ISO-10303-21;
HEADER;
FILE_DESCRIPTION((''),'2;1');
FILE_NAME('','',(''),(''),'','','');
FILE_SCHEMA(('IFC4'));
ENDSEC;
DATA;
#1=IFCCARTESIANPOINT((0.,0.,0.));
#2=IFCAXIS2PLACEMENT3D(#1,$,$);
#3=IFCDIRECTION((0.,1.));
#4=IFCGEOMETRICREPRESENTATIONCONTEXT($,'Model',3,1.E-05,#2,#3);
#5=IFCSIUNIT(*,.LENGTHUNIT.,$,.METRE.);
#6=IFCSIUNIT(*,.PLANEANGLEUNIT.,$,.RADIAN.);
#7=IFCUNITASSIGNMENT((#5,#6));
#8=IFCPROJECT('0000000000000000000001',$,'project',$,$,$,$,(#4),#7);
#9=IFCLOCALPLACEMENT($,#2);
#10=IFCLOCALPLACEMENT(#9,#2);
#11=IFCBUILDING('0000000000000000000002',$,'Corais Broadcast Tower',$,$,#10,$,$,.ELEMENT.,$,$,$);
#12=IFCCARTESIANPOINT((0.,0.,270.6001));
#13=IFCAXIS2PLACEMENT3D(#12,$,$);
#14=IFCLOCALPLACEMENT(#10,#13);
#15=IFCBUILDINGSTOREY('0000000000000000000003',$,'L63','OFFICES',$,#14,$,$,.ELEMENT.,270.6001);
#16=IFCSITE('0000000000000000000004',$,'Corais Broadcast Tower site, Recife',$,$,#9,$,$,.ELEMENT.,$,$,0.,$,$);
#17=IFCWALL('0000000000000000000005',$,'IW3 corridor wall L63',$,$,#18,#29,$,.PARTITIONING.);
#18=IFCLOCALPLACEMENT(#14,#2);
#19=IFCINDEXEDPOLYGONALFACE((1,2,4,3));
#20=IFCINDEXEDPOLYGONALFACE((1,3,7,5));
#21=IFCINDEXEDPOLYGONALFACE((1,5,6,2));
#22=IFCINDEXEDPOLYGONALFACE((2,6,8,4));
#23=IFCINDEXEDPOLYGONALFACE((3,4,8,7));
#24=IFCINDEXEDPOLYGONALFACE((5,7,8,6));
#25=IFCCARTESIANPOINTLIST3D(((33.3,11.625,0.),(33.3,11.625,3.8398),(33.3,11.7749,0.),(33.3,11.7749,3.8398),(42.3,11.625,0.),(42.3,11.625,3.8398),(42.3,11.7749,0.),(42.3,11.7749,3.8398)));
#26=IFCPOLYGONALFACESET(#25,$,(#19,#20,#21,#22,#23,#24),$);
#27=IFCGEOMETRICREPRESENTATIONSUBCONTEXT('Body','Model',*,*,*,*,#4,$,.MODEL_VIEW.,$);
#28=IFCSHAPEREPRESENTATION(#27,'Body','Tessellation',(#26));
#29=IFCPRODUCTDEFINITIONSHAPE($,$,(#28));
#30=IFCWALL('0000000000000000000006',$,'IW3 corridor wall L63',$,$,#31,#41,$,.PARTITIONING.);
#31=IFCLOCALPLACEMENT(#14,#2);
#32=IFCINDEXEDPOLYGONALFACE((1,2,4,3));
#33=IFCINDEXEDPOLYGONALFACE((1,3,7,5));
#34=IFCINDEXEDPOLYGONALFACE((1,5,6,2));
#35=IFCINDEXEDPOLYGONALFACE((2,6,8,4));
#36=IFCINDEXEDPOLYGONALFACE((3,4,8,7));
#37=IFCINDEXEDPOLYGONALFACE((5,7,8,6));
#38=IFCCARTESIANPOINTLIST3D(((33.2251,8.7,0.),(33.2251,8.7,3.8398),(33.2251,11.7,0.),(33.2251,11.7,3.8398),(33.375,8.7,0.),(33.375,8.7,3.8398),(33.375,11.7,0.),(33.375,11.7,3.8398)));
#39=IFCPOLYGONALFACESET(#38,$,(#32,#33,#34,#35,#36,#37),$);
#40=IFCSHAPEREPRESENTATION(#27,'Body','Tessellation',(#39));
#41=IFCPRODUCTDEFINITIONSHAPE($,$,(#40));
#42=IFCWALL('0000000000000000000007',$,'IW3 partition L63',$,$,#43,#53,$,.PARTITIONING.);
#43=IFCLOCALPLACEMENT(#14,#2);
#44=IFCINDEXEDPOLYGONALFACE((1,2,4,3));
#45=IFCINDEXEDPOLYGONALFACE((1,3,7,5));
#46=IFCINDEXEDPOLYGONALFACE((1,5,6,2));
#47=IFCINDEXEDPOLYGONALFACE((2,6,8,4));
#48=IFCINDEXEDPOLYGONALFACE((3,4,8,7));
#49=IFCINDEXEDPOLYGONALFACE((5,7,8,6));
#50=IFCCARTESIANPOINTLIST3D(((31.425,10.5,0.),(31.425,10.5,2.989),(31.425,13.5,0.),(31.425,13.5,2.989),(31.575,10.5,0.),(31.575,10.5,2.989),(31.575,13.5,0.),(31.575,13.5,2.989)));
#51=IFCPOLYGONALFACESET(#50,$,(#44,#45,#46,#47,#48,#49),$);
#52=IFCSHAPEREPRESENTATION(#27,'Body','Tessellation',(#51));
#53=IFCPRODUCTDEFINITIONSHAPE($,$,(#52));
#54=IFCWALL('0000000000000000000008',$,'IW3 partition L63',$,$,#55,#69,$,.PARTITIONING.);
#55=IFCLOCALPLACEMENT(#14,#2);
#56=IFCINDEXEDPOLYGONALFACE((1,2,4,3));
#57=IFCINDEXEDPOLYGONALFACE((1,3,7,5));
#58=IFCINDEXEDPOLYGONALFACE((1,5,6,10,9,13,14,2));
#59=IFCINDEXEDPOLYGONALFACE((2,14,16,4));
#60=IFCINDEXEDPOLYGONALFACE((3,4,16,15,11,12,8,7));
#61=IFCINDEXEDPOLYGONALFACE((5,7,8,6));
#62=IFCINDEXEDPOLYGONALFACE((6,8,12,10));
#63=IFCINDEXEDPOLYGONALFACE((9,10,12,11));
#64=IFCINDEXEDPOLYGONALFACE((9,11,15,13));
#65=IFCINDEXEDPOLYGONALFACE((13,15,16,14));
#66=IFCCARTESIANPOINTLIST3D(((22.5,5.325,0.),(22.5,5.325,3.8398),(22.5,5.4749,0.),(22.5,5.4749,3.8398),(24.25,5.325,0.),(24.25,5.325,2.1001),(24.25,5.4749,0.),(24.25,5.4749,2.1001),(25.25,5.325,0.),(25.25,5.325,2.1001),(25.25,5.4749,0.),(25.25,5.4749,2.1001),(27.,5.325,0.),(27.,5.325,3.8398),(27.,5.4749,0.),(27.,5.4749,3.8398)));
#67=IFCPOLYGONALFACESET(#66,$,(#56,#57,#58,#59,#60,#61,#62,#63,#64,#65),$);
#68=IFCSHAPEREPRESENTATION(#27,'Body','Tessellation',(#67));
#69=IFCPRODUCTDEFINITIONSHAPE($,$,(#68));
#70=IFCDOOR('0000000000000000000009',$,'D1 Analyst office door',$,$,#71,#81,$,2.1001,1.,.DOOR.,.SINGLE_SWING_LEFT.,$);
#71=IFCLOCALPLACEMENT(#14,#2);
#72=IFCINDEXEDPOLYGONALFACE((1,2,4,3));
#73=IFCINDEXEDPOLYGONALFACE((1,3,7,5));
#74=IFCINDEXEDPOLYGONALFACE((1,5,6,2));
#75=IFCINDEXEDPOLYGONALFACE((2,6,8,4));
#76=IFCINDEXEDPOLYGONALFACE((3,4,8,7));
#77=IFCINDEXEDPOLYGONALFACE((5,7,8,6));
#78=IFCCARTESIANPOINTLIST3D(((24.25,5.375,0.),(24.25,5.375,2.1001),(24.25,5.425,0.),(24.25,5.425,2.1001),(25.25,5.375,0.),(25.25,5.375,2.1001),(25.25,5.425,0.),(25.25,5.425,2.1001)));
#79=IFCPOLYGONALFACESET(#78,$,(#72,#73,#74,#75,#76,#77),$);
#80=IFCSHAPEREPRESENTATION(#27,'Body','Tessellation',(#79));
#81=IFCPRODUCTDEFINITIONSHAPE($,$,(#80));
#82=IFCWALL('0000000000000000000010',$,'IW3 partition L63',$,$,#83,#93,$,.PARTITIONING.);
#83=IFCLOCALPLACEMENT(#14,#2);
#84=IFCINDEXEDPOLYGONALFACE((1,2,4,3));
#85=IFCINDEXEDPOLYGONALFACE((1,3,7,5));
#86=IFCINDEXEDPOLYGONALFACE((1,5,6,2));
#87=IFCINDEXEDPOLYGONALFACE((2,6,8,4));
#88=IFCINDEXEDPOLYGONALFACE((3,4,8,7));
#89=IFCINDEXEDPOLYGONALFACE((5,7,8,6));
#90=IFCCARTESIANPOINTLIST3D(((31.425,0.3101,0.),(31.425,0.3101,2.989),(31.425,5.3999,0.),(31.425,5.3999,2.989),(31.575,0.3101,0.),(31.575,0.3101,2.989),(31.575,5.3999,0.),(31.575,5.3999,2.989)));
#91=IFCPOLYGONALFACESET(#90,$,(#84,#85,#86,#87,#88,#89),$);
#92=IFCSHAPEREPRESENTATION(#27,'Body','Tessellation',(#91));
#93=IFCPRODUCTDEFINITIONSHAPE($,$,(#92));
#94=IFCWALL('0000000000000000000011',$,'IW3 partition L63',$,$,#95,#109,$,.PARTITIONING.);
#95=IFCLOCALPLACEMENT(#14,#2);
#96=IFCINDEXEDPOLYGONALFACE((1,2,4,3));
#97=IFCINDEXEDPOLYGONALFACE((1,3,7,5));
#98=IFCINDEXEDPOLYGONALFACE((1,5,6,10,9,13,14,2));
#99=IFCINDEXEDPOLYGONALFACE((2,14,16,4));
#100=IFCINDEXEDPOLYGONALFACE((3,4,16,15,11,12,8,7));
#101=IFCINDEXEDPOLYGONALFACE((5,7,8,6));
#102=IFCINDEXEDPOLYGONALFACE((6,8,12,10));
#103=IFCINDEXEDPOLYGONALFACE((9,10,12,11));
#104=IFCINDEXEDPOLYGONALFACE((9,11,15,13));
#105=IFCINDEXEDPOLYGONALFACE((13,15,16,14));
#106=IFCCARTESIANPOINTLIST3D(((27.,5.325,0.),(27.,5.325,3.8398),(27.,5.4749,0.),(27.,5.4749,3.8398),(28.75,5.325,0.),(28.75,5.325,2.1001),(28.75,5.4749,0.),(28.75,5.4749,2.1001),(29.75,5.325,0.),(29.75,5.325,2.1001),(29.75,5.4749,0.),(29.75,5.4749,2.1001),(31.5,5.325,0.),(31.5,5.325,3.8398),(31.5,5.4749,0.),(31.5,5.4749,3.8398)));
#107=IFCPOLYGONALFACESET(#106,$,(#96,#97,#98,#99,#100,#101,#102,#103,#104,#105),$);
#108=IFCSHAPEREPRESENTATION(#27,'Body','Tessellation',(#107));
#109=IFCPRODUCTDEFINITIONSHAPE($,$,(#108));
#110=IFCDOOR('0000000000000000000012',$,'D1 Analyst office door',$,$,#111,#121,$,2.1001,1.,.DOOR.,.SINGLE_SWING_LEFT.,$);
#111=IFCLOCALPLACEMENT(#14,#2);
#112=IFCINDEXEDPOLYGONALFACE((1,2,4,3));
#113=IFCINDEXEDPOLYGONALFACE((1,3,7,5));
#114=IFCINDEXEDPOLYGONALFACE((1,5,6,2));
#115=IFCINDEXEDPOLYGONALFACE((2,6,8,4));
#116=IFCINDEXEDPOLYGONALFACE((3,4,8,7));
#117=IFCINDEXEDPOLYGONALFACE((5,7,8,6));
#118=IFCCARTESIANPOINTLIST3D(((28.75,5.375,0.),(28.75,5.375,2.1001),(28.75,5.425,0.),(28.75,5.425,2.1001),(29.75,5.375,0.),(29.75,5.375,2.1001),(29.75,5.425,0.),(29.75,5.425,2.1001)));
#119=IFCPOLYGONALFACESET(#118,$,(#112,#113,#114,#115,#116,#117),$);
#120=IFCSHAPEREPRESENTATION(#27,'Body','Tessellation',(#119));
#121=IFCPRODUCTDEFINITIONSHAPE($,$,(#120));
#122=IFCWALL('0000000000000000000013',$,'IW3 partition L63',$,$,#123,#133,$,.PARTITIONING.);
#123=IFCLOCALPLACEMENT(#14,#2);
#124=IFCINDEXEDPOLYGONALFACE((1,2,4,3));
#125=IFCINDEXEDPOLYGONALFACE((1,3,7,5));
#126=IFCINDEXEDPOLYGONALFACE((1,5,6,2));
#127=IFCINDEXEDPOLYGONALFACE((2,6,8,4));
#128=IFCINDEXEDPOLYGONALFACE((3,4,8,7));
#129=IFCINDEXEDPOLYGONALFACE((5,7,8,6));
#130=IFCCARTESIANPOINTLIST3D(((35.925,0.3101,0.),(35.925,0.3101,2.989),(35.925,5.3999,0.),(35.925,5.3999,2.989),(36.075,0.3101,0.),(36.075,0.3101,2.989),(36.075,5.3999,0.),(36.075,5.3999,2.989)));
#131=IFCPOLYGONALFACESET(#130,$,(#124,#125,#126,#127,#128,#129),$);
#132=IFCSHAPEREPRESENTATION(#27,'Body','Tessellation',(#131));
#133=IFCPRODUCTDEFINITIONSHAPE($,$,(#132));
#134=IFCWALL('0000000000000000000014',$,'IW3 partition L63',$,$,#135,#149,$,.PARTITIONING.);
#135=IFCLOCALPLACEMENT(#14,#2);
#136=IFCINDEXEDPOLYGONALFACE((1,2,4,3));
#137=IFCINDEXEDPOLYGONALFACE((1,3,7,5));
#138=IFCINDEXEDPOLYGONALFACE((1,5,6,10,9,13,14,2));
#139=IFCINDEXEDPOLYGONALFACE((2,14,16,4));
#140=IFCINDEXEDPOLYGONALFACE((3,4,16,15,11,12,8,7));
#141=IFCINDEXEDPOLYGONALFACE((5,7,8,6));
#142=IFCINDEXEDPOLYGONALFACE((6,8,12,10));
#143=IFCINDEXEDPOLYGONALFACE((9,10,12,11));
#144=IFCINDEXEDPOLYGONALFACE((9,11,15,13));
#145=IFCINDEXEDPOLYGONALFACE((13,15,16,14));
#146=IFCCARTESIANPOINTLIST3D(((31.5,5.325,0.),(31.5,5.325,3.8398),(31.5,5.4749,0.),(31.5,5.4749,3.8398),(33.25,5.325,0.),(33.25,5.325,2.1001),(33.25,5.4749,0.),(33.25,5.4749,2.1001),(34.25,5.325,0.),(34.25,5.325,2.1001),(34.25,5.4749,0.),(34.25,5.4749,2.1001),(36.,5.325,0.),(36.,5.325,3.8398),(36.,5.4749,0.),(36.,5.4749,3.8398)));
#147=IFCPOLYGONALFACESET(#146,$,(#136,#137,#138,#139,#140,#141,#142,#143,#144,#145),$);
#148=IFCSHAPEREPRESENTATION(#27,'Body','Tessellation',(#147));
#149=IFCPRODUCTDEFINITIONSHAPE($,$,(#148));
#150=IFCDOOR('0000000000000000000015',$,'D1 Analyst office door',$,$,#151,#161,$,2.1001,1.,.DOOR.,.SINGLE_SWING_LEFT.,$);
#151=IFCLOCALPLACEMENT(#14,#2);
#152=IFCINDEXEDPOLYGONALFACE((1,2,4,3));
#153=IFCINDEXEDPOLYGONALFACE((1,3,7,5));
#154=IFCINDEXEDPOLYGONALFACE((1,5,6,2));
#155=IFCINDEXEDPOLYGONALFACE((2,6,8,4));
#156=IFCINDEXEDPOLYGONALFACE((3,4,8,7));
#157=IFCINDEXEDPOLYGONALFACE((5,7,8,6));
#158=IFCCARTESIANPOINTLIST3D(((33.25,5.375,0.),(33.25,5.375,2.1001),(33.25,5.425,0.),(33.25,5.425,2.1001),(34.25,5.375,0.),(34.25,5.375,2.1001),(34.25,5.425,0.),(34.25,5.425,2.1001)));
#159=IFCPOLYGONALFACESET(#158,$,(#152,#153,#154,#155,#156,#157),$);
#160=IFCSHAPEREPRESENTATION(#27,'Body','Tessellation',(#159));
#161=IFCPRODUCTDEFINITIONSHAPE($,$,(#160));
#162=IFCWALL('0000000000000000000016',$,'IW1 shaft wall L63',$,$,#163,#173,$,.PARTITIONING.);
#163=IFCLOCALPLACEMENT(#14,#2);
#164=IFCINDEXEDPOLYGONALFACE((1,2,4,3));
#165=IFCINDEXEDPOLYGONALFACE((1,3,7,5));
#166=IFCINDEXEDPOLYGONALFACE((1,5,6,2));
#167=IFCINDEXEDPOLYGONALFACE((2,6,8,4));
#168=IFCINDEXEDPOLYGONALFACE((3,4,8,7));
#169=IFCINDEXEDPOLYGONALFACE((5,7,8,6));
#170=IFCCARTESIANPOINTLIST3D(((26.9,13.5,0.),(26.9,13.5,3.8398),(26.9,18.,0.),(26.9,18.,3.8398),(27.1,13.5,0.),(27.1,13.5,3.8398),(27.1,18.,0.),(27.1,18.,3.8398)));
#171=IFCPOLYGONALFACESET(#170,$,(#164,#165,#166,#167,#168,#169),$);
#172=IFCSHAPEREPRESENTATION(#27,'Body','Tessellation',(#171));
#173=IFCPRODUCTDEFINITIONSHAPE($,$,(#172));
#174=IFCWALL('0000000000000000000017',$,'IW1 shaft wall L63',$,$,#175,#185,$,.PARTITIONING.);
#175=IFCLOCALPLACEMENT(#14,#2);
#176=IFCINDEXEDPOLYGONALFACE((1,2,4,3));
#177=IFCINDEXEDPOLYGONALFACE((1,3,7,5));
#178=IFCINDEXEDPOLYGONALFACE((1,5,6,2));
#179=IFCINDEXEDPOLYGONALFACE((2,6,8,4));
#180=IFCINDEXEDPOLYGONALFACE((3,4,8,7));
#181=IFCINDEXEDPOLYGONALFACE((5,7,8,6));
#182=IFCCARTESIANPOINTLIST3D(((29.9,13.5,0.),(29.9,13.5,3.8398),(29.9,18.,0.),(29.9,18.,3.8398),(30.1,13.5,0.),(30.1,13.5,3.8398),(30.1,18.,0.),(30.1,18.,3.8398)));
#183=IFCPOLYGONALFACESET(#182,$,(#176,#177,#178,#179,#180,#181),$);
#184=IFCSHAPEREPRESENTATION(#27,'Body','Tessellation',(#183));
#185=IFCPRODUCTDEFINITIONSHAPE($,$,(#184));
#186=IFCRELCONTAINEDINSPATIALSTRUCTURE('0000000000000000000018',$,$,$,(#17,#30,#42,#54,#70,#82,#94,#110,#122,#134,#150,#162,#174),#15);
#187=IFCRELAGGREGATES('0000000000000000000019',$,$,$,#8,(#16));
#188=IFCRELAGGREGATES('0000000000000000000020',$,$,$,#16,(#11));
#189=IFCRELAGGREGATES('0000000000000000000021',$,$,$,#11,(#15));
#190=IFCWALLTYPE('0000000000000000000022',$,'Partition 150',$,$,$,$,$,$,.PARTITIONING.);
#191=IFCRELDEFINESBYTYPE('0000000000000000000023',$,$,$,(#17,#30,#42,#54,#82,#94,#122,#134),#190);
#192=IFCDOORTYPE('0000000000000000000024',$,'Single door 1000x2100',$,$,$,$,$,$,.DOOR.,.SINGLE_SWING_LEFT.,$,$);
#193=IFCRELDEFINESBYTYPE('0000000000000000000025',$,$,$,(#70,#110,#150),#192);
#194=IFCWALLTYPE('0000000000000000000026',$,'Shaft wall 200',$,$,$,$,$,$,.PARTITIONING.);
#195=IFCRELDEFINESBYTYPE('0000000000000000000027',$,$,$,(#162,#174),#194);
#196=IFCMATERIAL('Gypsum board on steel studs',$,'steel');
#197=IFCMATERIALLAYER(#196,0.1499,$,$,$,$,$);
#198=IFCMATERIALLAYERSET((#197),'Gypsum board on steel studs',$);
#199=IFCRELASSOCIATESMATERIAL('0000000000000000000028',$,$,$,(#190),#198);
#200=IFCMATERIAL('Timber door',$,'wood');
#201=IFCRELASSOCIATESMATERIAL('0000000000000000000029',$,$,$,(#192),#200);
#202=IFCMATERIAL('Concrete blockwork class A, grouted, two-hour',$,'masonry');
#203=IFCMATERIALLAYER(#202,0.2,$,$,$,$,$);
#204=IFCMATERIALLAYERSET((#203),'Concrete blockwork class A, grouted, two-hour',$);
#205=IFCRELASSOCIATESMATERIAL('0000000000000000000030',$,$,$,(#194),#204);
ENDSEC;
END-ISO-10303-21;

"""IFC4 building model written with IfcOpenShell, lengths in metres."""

from ifc_helpers import new_model, si_unit, direction, frame, frame_2d, origin, place, context, subcontext, project, spatial, rectangle, extrude, material, layer, layer_set, type_object, element, fill, save


model = new_model("IFC4")

# Units and contexts
model_context = context("Model", 3, precision=1e-05, world=origin(), true_north=direction((0.0, 1.0)))
body_context = subcontext(model_context, "Body", "Model", "MODEL_VIEW")
ifc_project = project(units=[si_unit("LENGTHUNIT", "METRE"), si_unit("PLANEANGLEUNIT", "RADIAN")], contexts=[model_context])

# Site, building, storey
site_placement = place(None, origin())
site = spatial("IfcSite", under=ifc_project, at=site_placement, Name="Corais Broadcast Tower site, Recife", CompositionType="ELEMENT", RefElevation=0.0)
building_placement = place(site_placement, origin())
building = spatial("IfcBuilding", under=site, at=building_placement, Name="Corais Broadcast Tower", CompositionType="ELEMENT")
storey_placement = place(building_placement, frame((0.0, 0.0, 270.6001)))
storey = spatial("IfcBuildingStorey", under=building, at=storey_placement, Name="L63", Description="OFFICES", CompositionType="ELEMENT", Elevation=270.6001)

# Walls
ifc_material_1 = material(Name="Gypsum board on steel studs", Category="steel")
ifc_layer_1 = layer(ifc_material_1, 0.1499)
ifc_layer_set_1 = layer_set([ifc_layer_1], Name="Gypsum board on steel studs")
wall_type_1 = type_object("IfcWallType", Name="Partition 150", PredefinedType="PARTITIONING", material=ifc_layer_set_1)
wall_1_placement = place(storey_placement, frame((33.3, 11.7, 0.0), z_axis=(0.0, 0.0, 1.0), x_axis=(1.0, 0.0, 0.0)))
element("IfcWall", 1, at=wall_1_placement, inside=storey, type_object=wall_type_1, Name="IW3 corridor wall L63", PredefinedType="PARTITIONING", context=body_context, shape_type="SweptSolid", body=[
    extrude(rectangle(XDim=9.0, YDim=0.1499, at=frame_2d((4.5, 0.0))), origin(), (0.0, 0.0, 1.0), 3.8398),
])
wall_2_placement = place(storey_placement, frame((33.3, 8.7, 0.0), z_axis=(0.0, 0.0, 1.0), x_axis=(0.0, 1.0, 0.0)))
element("IfcWall", 2, at=wall_2_placement, inside=storey, type_object=wall_type_1, Name="IW3 corridor wall L63", PredefinedType="PARTITIONING", context=body_context, shape_type="SweptSolid", body=[
    extrude(rectangle(XDim=3.0, YDim=0.1499, at=frame_2d((1.5, 0.0))), origin(), (0.0, 0.0, 1.0), 3.8398),
])
wall_3_placement = place(storey_placement, frame((31.5, 10.5, 0.0), z_axis=(0.0, 0.0, 1.0), x_axis=(0.0, 1.0, 0.0)))
element("IfcWall", 3, at=wall_3_placement, inside=storey, type_object=wall_type_1, Name="IW3 partition L63", PredefinedType="PARTITIONING", context=body_context, shape_type="SweptSolid", body=[
    extrude(rectangle(XDim=3.0, YDim=0.1499, at=frame_2d((1.5, 0.0))), origin(), (0.0, 0.0, 1.0), 2.989),
])

# Wall, opening, door
wall_4_placement = place(storey_placement, frame((27.0, 5.3999, 0.0), z_axis=(0.0, 0.0, 1.0), x_axis=(-1.0, 0.0, 0.0)))
wall_4 = element("IfcWall", 4, at=wall_4_placement, inside=storey, type_object=wall_type_1, Name="IW3 partition L63", PredefinedType="PARTITIONING", context=body_context, shape_type="SweptSolid", body=[
    extrude(rectangle(XDim=4.5, YDim=0.1499, at=frame_2d((2.25, 0.0))), origin(), (0.0, 0.0, 1.0), 3.8398),
])
opening_1_placement = place(wall_4_placement, frame((1.75, 0.0, 0.0)))
opening_1 = element("IfcOpeningElement", 5, at=opening_1_placement, cuts=wall_4, PredefinedType="OPENING", context=body_context, shape_type="SweptSolid", body=[
    extrude(rectangle(XDim=1.0, YDim=2.1001, at=frame_2d((0.5, 1.05))), frame((0.0, 0.085, 0.0), z_axis=(0.0, -1.0, 0.0), x_axis=(1.0, 0.0, 0.0)), (0.0, 0.0, 1.0), 0.1699),
])
ifc_material_2 = material(Name="Timber door", Category="wood")
door_type = type_object("IfcDoorType", Name="Single door 1000x2100", OperationType="SINGLE_SWING_LEFT", PredefinedType="DOOR", material=ifc_material_2)
door_1_placement = place(opening_1_placement, origin())
door_1 = element("IfcDoor", 6, at=door_1_placement, inside=storey, type_object=door_type, Name="D1 Analyst office door", OperationType="SINGLE_SWING_LEFT", OverallHeight=2.1001, OverallWidth=1.0, PredefinedType="DOOR", context=body_context, shape_type="SweptSolid", body=[
    extrude(rectangle(XDim=1.0, YDim=2.1001, at=frame_2d((0.5, 1.05))), frame((0.0, 0.0249, 0.0), z_axis=(0.0, -1.0, 0.0), x_axis=(1.0, 0.0, 0.0)), (0.0, 0.0, 1.0), 0.05),
])
fill(opening_1, door_1)

# Wall
wall_5_placement = place(storey_placement, frame((31.5, 0.3101, 0.0), z_axis=(0.0, 0.0, 1.0), x_axis=(0.0, 1.0, 0.0)))
element("IfcWall", 7, at=wall_5_placement, inside=storey, type_object=wall_type_1, Name="IW3 partition L63", PredefinedType="PARTITIONING", context=body_context, shape_type="SweptSolid", body=[
    extrude(rectangle(XDim=5.0898, YDim=0.1499, at=frame_2d((2.5449, 0.0))), origin(), (0.0, 0.0, 1.0), 2.989),
])

# Wall, opening, door
wall_6_placement = place(storey_placement, frame((31.5, 5.3999, 0.0), z_axis=(0.0, 0.0, 1.0), x_axis=(-1.0, 0.0, 0.0)))
wall_6 = element("IfcWall", 8, at=wall_6_placement, inside=storey, type_object=wall_type_1, Name="IW3 partition L63", PredefinedType="PARTITIONING", context=body_context, shape_type="SweptSolid", body=[
    extrude(rectangle(XDim=4.5, YDim=0.1499, at=frame_2d((2.25, 0.0))), origin(), (0.0, 0.0, 1.0), 3.8398),
])
opening_2_placement = place(wall_6_placement, frame((1.75, 0.0, 0.0)))
opening_2 = element("IfcOpeningElement", 9, at=opening_2_placement, cuts=wall_6, PredefinedType="OPENING", context=body_context, shape_type="SweptSolid", body=[
    extrude(rectangle(XDim=1.0, YDim=2.1001, at=frame_2d((0.5, 1.05))), frame((0.0, 0.085, 0.0), z_axis=(0.0, -1.0, 0.0), x_axis=(1.0, 0.0, 0.0)), (0.0, 0.0, 1.0), 0.1699),
])
door_2_placement = place(opening_2_placement, origin())
door_2 = element("IfcDoor", 10, at=door_2_placement, inside=storey, type_object=door_type, Name="D1 Analyst office door", OperationType="SINGLE_SWING_LEFT", OverallHeight=2.1001, OverallWidth=1.0, PredefinedType="DOOR", context=body_context, shape_type="SweptSolid", body=[
    extrude(rectangle(XDim=1.0, YDim=2.1001, at=frame_2d((0.5, 1.05))), frame((0.0, 0.0249, 0.0), z_axis=(0.0, -1.0, 0.0), x_axis=(1.0, 0.0, 0.0)), (0.0, 0.0, 1.0), 0.05),
])
fill(opening_2, door_2)

# Wall
wall_7_placement = place(storey_placement, frame((36.0, 0.3101, 0.0), z_axis=(0.0, 0.0, 1.0), x_axis=(0.0, 1.0, 0.0)))
element("IfcWall", 11, at=wall_7_placement, inside=storey, type_object=wall_type_1, Name="IW3 partition L63", PredefinedType="PARTITIONING", context=body_context, shape_type="SweptSolid", body=[
    extrude(rectangle(XDim=5.0898, YDim=0.1499, at=frame_2d((2.5449, 0.0))), origin(), (0.0, 0.0, 1.0), 2.989),
])

# Wall, opening, door
wall_8_placement = place(storey_placement, frame((36.0, 5.3999, 0.0), z_axis=(0.0, 0.0, 1.0), x_axis=(-1.0, 0.0, 0.0)))
wall_8 = element("IfcWall", 12, at=wall_8_placement, inside=storey, type_object=wall_type_1, Name="IW3 partition L63", PredefinedType="PARTITIONING", context=body_context, shape_type="SweptSolid", body=[
    extrude(rectangle(XDim=4.5, YDim=0.1499, at=frame_2d((2.25, 0.0))), origin(), (0.0, 0.0, 1.0), 3.8398),
])
opening_3_placement = place(wall_8_placement, frame((1.75, 0.0, 0.0)))
opening_3 = element("IfcOpeningElement", 13, at=opening_3_placement, cuts=wall_8, PredefinedType="OPENING", context=body_context, shape_type="SweptSolid", body=[
    extrude(rectangle(XDim=1.0, YDim=2.1001, at=frame_2d((0.5, 1.05))), frame((0.0, 0.085, 0.0), z_axis=(0.0, -1.0, 0.0), x_axis=(1.0, 0.0, 0.0)), (0.0, 0.0, 1.0), 0.1699),
])
door_3_placement = place(opening_3_placement, origin())
door_3 = element("IfcDoor", 14, at=door_3_placement, inside=storey, type_object=door_type, Name="D1 Analyst office door", OperationType="SINGLE_SWING_LEFT", OverallHeight=2.1001, OverallWidth=1.0, PredefinedType="DOOR", context=body_context, shape_type="SweptSolid", body=[
    extrude(rectangle(XDim=1.0, YDim=2.1001, at=frame_2d((0.5, 1.05))), frame((0.0, 0.0249, 0.0), z_axis=(0.0, -1.0, 0.0), x_axis=(1.0, 0.0, 0.0)), (0.0, 0.0, 1.0), 0.05),
])
fill(opening_3, door_3)

# Walls
ifc_material_3 = material(Name="Concrete blockwork class A, grouted, two-hour", Category="masonry")
ifc_layer_2 = layer(ifc_material_3, 0.2)
ifc_layer_set_2 = layer_set([ifc_layer_2], Name="Concrete blockwork class A, grouted, two-hour")
wall_type_2 = type_object("IfcWallType", Name="Shaft wall 200", PredefinedType="PARTITIONING", material=ifc_layer_set_2)
for number, where, z_axis, x_axis, name in (
    (15, (27.0, 13.5, 0.0), (0.0, 0.0, 1.0), (0.0, 1.0, 0.0), "IW1 shaft wall L63"),
    (16, (30.0, 13.5, 0.0), (0.0, 0.0, 1.0), (0.0, 1.0, 0.0), "IW1 shaft wall L63"),
):
    element("IfcWall", number, at=place(storey_placement, frame(where, z_axis=z_axis, x_axis=x_axis)), inside=storey, type_object=wall_type_2, Name=name, PredefinedType="PARTITIONING", context=body_context, shape_type="SweptSolid", body=[
        extrude(rectangle(XDim=4.5, YDim=0.2, at=frame_2d((2.25, 0.0))), origin(), (0.0, 0.0, 1.0), 3.8398),
    ])

save(model, "model.ifc")
